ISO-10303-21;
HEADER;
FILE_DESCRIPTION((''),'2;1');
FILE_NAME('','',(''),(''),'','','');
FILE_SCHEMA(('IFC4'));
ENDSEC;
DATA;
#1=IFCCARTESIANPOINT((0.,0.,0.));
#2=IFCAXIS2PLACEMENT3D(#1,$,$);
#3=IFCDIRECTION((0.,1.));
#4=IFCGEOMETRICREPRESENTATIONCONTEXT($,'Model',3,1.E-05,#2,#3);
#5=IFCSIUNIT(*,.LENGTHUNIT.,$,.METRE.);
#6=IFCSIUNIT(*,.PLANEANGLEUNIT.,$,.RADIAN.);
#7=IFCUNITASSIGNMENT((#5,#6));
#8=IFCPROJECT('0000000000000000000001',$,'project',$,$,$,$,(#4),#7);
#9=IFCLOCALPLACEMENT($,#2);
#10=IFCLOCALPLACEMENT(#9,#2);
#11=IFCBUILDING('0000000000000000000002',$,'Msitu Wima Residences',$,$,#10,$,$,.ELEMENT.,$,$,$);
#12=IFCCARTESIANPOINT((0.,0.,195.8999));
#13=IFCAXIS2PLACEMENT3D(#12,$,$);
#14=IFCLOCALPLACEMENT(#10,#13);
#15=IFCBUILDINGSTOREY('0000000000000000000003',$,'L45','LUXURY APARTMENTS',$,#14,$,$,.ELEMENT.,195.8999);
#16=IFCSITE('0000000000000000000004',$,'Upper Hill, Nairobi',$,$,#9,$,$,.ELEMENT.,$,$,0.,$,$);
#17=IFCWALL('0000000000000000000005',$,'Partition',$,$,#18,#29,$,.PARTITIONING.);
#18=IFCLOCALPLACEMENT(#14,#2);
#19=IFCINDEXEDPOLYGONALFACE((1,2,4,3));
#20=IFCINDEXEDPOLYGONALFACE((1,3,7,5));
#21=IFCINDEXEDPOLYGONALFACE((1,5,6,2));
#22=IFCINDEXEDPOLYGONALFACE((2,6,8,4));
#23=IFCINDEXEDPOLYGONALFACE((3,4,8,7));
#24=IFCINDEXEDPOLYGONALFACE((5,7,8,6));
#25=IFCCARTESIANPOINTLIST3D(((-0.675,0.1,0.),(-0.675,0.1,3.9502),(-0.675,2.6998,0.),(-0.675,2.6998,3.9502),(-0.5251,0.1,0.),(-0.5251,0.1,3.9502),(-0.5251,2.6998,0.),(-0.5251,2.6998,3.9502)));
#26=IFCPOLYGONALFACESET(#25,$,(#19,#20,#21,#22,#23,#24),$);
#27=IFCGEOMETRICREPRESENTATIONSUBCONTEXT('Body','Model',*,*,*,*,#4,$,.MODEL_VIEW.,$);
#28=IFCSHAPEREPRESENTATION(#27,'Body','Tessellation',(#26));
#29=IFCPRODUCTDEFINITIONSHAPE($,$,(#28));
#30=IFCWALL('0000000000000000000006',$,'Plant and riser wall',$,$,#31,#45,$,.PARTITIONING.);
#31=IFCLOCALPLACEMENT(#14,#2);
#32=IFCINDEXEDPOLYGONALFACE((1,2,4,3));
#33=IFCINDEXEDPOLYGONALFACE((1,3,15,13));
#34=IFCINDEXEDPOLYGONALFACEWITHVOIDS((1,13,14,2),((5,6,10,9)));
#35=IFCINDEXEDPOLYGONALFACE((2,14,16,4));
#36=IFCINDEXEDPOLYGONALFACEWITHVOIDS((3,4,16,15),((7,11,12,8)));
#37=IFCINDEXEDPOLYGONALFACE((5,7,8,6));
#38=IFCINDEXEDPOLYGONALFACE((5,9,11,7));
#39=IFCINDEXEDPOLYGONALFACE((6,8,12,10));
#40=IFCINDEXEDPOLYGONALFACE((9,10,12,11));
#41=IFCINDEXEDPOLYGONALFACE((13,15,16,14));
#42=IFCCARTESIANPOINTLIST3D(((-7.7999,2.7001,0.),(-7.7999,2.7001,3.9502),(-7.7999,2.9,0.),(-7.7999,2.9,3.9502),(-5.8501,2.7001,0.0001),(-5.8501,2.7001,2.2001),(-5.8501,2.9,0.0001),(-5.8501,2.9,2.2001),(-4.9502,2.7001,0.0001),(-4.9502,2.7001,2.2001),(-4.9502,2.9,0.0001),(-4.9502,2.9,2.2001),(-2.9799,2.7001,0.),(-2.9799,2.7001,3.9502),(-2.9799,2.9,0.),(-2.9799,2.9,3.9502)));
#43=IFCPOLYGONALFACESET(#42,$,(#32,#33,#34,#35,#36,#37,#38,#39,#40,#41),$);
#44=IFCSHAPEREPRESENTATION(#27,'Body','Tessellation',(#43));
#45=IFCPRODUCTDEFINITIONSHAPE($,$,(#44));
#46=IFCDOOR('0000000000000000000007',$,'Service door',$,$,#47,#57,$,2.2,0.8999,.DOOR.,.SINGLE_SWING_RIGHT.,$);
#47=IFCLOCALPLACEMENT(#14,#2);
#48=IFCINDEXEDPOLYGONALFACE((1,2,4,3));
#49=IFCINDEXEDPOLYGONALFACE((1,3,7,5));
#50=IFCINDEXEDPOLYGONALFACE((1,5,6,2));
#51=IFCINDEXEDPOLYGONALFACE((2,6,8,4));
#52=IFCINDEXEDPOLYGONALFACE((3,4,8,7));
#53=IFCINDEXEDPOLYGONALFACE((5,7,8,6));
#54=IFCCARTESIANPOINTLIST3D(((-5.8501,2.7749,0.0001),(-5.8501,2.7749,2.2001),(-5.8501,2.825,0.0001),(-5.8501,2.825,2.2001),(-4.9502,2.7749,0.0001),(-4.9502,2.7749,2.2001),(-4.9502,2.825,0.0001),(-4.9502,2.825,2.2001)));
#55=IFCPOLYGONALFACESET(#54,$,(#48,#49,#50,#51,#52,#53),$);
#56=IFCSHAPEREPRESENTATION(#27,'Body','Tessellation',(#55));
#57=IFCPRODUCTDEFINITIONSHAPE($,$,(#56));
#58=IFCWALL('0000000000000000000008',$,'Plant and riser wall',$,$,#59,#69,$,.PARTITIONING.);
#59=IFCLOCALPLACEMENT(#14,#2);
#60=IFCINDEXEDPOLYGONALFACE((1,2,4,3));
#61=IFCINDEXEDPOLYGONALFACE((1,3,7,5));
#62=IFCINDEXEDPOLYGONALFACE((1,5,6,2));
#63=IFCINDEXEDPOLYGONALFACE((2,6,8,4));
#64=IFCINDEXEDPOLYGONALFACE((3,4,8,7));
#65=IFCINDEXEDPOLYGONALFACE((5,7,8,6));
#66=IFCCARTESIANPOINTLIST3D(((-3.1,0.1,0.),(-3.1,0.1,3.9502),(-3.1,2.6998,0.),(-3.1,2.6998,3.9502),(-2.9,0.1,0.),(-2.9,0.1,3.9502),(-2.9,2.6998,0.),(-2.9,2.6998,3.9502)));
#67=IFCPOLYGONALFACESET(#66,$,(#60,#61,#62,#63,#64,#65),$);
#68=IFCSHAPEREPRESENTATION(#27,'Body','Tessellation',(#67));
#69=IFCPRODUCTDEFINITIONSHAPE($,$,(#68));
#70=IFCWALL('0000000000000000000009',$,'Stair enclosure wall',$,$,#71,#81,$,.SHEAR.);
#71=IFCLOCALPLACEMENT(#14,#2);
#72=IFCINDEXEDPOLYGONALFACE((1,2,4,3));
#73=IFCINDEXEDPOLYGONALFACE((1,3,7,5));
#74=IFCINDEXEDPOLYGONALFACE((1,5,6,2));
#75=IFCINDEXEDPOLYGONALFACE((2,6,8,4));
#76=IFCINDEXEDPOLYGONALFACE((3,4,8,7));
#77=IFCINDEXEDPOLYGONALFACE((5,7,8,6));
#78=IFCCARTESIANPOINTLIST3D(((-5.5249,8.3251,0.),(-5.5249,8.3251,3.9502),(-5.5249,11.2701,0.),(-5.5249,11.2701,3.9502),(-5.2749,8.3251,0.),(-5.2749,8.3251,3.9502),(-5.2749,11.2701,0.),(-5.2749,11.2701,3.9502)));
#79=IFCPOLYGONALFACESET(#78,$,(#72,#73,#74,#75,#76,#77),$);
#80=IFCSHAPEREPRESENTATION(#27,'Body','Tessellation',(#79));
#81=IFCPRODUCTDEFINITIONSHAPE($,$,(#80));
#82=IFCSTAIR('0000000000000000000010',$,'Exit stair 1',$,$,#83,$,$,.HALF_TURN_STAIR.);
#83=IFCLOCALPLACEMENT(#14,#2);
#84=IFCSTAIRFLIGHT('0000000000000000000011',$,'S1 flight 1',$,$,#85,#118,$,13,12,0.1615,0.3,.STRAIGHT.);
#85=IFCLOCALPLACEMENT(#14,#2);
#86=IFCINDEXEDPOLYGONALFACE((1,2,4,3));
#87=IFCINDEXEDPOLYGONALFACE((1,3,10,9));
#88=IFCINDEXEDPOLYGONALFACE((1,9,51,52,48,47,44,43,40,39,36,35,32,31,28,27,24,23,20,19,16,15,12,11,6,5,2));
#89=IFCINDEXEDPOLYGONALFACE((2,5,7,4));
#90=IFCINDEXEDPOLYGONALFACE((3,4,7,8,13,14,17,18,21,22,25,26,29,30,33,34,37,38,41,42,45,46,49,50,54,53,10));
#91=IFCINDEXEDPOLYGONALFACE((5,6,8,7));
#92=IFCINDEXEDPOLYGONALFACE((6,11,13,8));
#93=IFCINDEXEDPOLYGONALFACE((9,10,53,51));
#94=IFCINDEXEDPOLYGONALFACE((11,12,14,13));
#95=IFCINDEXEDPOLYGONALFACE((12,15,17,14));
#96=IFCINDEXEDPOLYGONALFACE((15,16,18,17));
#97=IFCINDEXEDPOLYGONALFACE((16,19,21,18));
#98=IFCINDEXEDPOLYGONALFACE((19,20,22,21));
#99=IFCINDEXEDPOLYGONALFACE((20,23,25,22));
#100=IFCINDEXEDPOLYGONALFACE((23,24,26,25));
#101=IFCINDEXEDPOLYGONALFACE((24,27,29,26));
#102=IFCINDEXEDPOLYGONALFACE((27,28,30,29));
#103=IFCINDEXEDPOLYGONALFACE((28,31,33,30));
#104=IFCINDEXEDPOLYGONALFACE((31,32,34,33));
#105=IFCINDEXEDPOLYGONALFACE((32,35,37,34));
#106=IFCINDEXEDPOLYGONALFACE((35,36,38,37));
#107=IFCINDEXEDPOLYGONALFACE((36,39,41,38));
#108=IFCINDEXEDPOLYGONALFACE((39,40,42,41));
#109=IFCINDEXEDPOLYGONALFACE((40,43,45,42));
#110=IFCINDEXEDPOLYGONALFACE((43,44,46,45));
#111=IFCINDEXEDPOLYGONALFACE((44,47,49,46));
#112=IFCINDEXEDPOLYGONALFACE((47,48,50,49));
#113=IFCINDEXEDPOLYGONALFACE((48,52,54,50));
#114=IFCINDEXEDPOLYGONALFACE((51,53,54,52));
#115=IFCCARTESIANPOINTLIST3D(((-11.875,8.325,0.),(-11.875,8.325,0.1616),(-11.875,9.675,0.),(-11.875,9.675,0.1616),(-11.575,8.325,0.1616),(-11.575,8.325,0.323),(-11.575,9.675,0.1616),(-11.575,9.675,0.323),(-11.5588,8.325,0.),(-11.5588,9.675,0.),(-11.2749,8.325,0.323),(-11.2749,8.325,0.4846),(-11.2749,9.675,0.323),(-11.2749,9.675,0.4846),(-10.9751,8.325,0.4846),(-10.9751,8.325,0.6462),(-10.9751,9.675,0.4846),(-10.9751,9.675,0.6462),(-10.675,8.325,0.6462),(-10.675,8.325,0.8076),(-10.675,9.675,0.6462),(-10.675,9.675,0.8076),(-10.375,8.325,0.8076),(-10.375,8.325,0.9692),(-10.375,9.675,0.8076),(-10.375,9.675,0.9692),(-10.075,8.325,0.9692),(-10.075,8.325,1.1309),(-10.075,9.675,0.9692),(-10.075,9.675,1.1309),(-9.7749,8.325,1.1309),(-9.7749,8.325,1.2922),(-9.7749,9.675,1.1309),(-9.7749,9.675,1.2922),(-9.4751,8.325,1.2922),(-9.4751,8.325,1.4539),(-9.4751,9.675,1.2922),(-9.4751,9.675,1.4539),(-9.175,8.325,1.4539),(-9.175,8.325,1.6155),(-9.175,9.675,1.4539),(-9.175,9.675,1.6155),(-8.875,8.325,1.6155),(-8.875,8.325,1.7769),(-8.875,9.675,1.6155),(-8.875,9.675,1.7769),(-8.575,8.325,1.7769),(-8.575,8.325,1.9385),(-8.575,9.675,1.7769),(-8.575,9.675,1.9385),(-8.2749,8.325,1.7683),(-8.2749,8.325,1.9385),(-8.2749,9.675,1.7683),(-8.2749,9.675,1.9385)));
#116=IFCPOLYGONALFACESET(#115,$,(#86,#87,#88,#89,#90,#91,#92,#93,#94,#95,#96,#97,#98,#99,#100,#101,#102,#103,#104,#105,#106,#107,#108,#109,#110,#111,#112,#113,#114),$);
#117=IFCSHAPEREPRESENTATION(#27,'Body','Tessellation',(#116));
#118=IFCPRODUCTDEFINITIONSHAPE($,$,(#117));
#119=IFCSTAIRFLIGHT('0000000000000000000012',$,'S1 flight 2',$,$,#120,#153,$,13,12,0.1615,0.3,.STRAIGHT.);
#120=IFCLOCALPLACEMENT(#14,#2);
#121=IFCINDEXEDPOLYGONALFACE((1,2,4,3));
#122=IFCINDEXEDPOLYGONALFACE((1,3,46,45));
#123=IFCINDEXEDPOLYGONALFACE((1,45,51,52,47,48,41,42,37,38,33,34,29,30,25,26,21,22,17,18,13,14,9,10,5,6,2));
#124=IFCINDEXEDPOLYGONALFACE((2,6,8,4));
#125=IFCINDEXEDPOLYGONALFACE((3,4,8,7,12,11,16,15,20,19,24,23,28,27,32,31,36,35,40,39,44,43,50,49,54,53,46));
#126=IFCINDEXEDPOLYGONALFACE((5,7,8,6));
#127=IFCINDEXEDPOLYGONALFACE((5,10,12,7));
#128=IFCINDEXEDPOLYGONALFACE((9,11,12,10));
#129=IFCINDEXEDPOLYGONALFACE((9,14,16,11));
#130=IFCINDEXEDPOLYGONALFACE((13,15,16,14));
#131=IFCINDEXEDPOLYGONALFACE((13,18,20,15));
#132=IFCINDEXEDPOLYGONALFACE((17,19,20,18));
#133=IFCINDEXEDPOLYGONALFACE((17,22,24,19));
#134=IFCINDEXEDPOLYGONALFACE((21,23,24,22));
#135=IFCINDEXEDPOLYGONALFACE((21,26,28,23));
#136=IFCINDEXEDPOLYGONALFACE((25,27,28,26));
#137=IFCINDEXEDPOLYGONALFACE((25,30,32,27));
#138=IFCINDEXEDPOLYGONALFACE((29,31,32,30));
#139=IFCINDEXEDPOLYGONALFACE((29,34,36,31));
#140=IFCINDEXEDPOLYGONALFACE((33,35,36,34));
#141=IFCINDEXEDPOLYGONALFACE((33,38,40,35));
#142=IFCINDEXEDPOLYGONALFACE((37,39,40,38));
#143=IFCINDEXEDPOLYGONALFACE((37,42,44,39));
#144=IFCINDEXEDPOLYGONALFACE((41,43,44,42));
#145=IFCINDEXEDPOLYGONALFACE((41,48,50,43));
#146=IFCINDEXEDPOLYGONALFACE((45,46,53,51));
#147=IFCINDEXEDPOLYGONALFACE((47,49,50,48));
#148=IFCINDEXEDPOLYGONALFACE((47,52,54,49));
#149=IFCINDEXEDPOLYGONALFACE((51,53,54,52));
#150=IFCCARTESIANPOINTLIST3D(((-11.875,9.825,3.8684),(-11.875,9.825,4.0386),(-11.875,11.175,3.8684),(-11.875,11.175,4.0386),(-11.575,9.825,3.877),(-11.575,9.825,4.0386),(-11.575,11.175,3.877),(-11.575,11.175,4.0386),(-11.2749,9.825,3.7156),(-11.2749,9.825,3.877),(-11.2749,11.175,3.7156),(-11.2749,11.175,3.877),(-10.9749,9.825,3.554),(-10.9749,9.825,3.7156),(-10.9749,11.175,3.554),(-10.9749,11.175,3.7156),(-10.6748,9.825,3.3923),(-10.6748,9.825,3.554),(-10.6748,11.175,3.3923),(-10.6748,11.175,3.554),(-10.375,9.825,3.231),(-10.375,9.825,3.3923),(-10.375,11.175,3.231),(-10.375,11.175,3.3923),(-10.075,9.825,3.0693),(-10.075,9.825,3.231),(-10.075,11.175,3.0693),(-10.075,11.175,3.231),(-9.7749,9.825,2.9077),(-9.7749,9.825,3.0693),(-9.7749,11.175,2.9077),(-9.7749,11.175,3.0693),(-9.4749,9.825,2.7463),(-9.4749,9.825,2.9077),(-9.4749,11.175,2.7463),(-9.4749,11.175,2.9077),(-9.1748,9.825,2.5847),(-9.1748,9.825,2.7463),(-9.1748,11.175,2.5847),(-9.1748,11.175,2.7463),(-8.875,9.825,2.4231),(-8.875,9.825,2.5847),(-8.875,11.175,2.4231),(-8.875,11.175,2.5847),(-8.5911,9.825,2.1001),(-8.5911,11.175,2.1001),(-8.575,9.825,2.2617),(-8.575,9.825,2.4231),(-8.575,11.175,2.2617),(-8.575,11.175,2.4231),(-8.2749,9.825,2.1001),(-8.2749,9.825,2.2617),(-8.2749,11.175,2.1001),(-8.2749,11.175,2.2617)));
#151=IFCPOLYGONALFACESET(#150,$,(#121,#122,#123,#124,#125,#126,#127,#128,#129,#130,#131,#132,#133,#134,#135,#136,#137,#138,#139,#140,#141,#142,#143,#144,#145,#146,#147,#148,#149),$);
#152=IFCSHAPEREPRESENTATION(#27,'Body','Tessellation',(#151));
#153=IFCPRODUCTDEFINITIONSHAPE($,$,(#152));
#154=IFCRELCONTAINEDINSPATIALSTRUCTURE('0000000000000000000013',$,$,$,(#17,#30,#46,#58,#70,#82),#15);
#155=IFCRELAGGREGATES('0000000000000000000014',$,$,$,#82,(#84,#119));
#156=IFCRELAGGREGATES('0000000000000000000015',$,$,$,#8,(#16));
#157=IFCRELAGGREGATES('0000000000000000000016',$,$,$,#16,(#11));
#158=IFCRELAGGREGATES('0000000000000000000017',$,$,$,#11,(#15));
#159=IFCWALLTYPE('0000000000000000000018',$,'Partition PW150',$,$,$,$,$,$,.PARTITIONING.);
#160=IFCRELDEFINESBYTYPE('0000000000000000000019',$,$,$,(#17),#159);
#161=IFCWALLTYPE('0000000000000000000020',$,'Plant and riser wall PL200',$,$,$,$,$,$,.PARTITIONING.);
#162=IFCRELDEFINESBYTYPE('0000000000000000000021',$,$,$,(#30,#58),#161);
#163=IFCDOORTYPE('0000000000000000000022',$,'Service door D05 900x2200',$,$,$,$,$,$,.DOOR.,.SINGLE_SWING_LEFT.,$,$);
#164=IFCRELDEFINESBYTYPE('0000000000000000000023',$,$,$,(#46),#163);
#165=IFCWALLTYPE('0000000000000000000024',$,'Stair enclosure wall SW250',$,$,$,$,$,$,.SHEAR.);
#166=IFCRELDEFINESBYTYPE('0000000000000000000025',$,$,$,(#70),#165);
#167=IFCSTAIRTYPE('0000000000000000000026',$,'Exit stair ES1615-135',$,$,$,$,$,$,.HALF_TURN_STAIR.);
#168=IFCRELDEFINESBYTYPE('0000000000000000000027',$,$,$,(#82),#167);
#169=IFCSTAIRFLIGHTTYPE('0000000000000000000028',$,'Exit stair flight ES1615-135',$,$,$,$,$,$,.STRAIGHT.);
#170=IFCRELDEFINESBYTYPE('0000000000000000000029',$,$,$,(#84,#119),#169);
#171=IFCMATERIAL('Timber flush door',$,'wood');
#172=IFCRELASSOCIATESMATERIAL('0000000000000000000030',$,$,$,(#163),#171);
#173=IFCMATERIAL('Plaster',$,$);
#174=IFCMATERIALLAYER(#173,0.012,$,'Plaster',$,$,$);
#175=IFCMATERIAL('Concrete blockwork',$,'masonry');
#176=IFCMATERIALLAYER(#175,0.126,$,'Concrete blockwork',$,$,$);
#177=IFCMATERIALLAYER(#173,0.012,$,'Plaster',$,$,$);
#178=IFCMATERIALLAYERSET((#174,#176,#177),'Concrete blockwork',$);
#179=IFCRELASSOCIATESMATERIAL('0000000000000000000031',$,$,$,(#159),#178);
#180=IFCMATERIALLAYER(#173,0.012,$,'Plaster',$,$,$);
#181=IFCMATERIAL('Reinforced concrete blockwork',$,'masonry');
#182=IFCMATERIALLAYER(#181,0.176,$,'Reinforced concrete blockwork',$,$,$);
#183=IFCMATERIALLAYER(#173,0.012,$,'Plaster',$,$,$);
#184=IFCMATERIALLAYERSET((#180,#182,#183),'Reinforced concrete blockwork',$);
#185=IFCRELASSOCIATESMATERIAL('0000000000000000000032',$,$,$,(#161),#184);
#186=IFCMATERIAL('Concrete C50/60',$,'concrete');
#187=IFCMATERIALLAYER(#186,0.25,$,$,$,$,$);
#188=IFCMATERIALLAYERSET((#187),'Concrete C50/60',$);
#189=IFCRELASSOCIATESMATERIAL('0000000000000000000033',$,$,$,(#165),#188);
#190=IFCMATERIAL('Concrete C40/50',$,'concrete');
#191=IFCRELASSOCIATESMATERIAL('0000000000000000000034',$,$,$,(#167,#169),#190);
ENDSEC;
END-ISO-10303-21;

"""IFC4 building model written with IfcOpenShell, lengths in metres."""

from ifc_helpers import new_model, si_unit, direction, frame, frame_2d, origin, place, context, subcontext, project, spatial, polyline, rectangle, outline, extrude, material, layer, layer_set, type_object, element, fill, aggregate, save


model = new_model("IFC4")

# Units and contexts
model_context = context("Model", 3, precision=1e-05, world=origin(), true_north=direction((0.0, 1.0)))
body_context = subcontext(model_context, "Body", "Model", "MODEL_VIEW")
ifc_project = project(units=[si_unit("LENGTHUNIT", "METRE"), si_unit("PLANEANGLEUNIT", "RADIAN")], contexts=[model_context])

# Site, building, storey
site_placement = place(None, origin())
site = spatial("IfcSite", under=ifc_project, at=site_placement, Name="Upper Hill, Nairobi", CompositionType="ELEMENT", RefElevation=0.0)
building_placement = place(site_placement, origin())
building = spatial("IfcBuilding", under=site, at=building_placement, Name="Msitu Wima Residences", CompositionType="ELEMENT")
storey_placement = place(building_placement, frame((0.0, 0.0, 195.8999)))
storey = spatial("IfcBuildingStorey", under=building, at=storey_placement, Name="L45", Description="LUXURY APARTMENTS", CompositionType="ELEMENT", Elevation=195.8999)

# Shared definitions
ifc_material_1 = material(Name="Concrete C40/50", Category="concrete")

# Shared definitions
ifc_material_2 = material(Name="Plaster")
ifc_material_3 = material(Name="Concrete blockwork", Category="masonry")
ifc_material_4 = material(Name="Timber flush door", Category="wood")
door_type_1 = type_object("IfcDoorType", Name="Service door D05 900x2200", OperationType="SINGLE_SWING_LEFT", PredefinedType="DOOR", material=ifc_material_4)

# Wall
ifc_layer_1 = layer(ifc_material_2, 0.012, Name="Plaster")
ifc_layer_2 = layer(ifc_material_3, 0.126, Name="Concrete blockwork")
ifc_layer_3 = layer(ifc_material_2, 0.012, Name="Plaster")
ifc_layer_set_1 = layer_set([ifc_layer_1, ifc_layer_2, ifc_layer_3], Name="Concrete blockwork")
wall_type_1 = type_object("IfcWallType", Name="Partition PW150", PredefinedType="PARTITIONING", material=ifc_layer_set_1)
wall_1_placement = place(storey_placement, frame((-0.6001, 0.1001, 0.0), z_axis=(0.0, 0.0, 1.0), x_axis=(0.0, 1.0, 0.0)))
element("IfcWall", 1, at=wall_1_placement, inside=storey, type_object=wall_type_1, Name="Partition", PredefinedType="PARTITIONING", context=body_context, shape_type="SweptSolid", body=[
    extrude(rectangle(XDim=2.5999, YDim=0.1499, at=frame_2d((1.2998, 0.0))), origin(), (0.0, 0.0, 1.0), 3.9502),
])

# Wall, opening, door
ifc_layer_4 = layer(ifc_material_2, 0.012, Name="Plaster")
ifc_material_5 = material(Name="Reinforced concrete blockwork", Category="masonry")
ifc_layer_5 = layer(ifc_material_5, 0.176, Name="Reinforced concrete blockwork")
ifc_layer_6 = layer(ifc_material_2, 0.012, Name="Plaster")
ifc_layer_set_2 = layer_set([ifc_layer_4, ifc_layer_5, ifc_layer_6], Name="Reinforced concrete blockwork")
wall_type_2 = type_object("IfcWallType", Name="Plant and riser wall PL200", PredefinedType="PARTITIONING", material=ifc_layer_set_2)
wall_2_placement = place(storey_placement, frame((-7.8, 2.8, 0.0), z_axis=(0.0, 0.0, 1.0), x_axis=(1.0, 0.0, 0.0)))
wall_2 = element("IfcWall", 2, at=wall_2_placement, inside=storey, type_object=wall_type_2, Name="Plant and riser wall", PredefinedType="PARTITIONING", context=body_context, shape_type="SweptSolid", body=[
    extrude(rectangle(XDim=4.8201, YDim=0.2, at=frame_2d((2.4102, 0.0))), origin(), (0.0, 0.0, 1.0), 3.9502),
])
opening_1_placement = place(wall_2_placement, frame((1.95, 0.0, 0.0)))
opening_1 = element("IfcOpeningElement", 3, at=opening_1_placement, cuts=wall_2, PredefinedType="OPENING", context=body_context, shape_type="SweptSolid", body=[
    extrude(rectangle(XDim=0.8999, YDim=2.2, at=frame_2d((0.45, 1.1001))), frame((0.0, 0.1099, 0.0), z_axis=(0.0, -1.0, 0.0), x_axis=(1.0, 0.0, 0.0)), (0.0, 0.0, 1.0), 0.22),
])
door_1_placement = place(opening_1_placement, origin())
door_1 = element("IfcDoor", 4, at=door_1_placement, inside=storey, type_object=door_type_1, Name="Service door", OperationType="SINGLE_SWING_RIGHT", OverallHeight=2.2, OverallWidth=0.8999, PredefinedType="DOOR", context=body_context, shape_type="SweptSolid", body=[
    extrude(rectangle(XDim=0.8999, YDim=2.2, at=frame_2d((0.45, 1.1001))), frame((0.0, 0.0249, 0.0), z_axis=(0.0, -1.0, 0.0), x_axis=(1.0, 0.0, 0.0)), (0.0, 0.0, 1.0), 0.05),
])
fill(opening_1, door_1)

# Walls
wall_3_placement = place(storey_placement, frame((-3.0, 0.1001, 0.0), z_axis=(0.0, 0.0, 1.0), x_axis=(0.0, 1.0, 0.0)))
element("IfcWall", 5, at=wall_3_placement, inside=storey, type_object=wall_type_2, Name="Plant and riser wall", PredefinedType="PARTITIONING", context=body_context, shape_type="SweptSolid", body=[
    extrude(rectangle(XDim=2.5999, YDim=0.2, at=frame_2d((1.2998, 0.0))), origin(), (0.0, 0.0, 1.0), 3.9502),
])
ifc_material_6 = material(Name="Concrete C50/60", Category="concrete")
ifc_layer_7 = layer(ifc_material_6, 0.25)
ifc_layer_set_3 = layer_set([ifc_layer_7], Name="Concrete C50/60")
wall_type_3 = type_object("IfcWallType", Name="Stair enclosure wall SW250", PredefinedType="SHEAR", material=ifc_layer_set_3)
wall_4_placement = place(storey_placement, frame((-5.3999, 8.325, 0.0), z_axis=(0.0, 0.0, 1.0), x_axis=(0.0, 1.0, 0.0)))
element("IfcWall", 6, at=wall_4_placement, inside=storey, type_object=wall_type_3, Name="Stair enclosure wall", PredefinedType="SHEAR", context=body_context, shape_type="SweptSolid", body=[
    extrude(rectangle(XDim=2.9451, YDim=0.25, at=frame_2d((1.4727, 0.0))), origin(), (0.0, 0.0, 1.0), 3.9502),
])

# Stair, stair flights
stair_type = type_object("IfcStairType", Name="Exit stair ES1615-135", PredefinedType="HALF_TURN_STAIR", material=ifc_material_1)
stair_placement = place(storey_placement, origin())
stair = element("IfcStair", 7, at=stair_placement, inside=storey, type_object=stair_type, Name="Exit stair 1", PredefinedType="HALF_TURN_STAIR")
stair_flight_type = type_object("IfcStairFlightType", Name="Exit stair flight ES1615-135", PredefinedType="STRAIGHT", material=ifc_material_1)
stair_flight_1_placement = place(storey_placement, frame((-11.875, 9.0, 0.0), z_axis=(0.0, 0.0, 1.0), x_axis=(1.0, 0.0, 0.0)))
stair_flight_1 = element("IfcStairFlight", 8, at=stair_flight_1_placement, type_object=stair_flight_type, Name="S1 flight 1", NumberOfRisers=13, NumberOfTreads=12, PredefinedType="STRAIGHT", RiserHeight=0.1615, TreadLength=0.3, context=body_context, shape_type="SweptSolid", body=[
    extrude(outline(polyline([(0.0, 0.0), (0.0, 0.1616), (0.3, 0.1616), (0.3, 0.323), (0.6001, 0.323), (0.6001, 0.4846), (0.8999, 0.4846), (0.8999, 0.6462), (1.2, 0.6462), (1.2, 0.8076), (1.5, 0.8076), (1.5, 0.9692), (1.8, 0.9692), (1.8, 1.1309), (2.1001, 1.1309), (2.1001, 1.2922), (2.3999, 1.2922), (2.3999, 1.4539), (2.7, 1.4539), (2.7, 1.6155), (3.0, 1.6155), (3.0, 1.7769), (3.3, 1.7769), (3.3, 1.9385), (3.6001, 1.9385), (3.6001, 2.1001), (3.6001, 1.7683), (0.3162, 0.0), (0.0, 0.0)])), frame((0.0, 0.675, 0.0), z_axis=(0.0, -1.0, 0.0), x_axis=(1.0, 0.0, 0.0)), (0.0, 0.0, 1.0), 1.3501),
])
stair_flight_2_placement = place(storey_placement, frame((-8.2749, 10.5, 2.1001), z_axis=(0.0, 0.0, 1.0), x_axis=(-1.0, 0.0, 0.0)))
stair_flight_2 = element("IfcStairFlight", 9, at=stair_flight_2_placement, type_object=stair_flight_type, Name="S1 flight 2", NumberOfRisers=13, NumberOfTreads=12, PredefinedType="STRAIGHT", RiserHeight=0.1615, TreadLength=0.3, context=body_context, shape_type="SweptSolid", body=[
    extrude(outline(polyline([(0.0, 0.0), (0.0, 0.1616), (0.3, 0.1616), (0.3, 0.323), (0.6001, 0.323), (0.6001, 0.4846), (0.8999, 0.4846), (0.8999, 0.6462), (1.2, 0.6462), (1.2, 0.8076), (1.5, 0.8076), (1.5, 0.9692), (1.8, 0.9692), (1.8, 1.1309), (2.1001, 1.1309), (2.1001, 1.2922), (2.3999, 1.2922), (2.3999, 1.4539), (2.7, 1.4539), (2.7, 1.6155), (3.0, 1.6155), (3.0, 1.7769), (3.3, 1.7769), (3.3, 1.9385), (3.6001, 1.9385), (3.6001, 2.1001), (3.6001, 1.7683), (0.3162, 0.0), (0.0, 0.0)])), frame((0.0, 0.675, 0.0), z_axis=(0.0, -1.0, 0.0), x_axis=(1.0, 0.0, 0.0)), (0.0, 0.0, 1.0), 1.3501),
])
aggregate(stair, [stair_flight_1, stair_flight_2])

save(model, "model.ifc")
